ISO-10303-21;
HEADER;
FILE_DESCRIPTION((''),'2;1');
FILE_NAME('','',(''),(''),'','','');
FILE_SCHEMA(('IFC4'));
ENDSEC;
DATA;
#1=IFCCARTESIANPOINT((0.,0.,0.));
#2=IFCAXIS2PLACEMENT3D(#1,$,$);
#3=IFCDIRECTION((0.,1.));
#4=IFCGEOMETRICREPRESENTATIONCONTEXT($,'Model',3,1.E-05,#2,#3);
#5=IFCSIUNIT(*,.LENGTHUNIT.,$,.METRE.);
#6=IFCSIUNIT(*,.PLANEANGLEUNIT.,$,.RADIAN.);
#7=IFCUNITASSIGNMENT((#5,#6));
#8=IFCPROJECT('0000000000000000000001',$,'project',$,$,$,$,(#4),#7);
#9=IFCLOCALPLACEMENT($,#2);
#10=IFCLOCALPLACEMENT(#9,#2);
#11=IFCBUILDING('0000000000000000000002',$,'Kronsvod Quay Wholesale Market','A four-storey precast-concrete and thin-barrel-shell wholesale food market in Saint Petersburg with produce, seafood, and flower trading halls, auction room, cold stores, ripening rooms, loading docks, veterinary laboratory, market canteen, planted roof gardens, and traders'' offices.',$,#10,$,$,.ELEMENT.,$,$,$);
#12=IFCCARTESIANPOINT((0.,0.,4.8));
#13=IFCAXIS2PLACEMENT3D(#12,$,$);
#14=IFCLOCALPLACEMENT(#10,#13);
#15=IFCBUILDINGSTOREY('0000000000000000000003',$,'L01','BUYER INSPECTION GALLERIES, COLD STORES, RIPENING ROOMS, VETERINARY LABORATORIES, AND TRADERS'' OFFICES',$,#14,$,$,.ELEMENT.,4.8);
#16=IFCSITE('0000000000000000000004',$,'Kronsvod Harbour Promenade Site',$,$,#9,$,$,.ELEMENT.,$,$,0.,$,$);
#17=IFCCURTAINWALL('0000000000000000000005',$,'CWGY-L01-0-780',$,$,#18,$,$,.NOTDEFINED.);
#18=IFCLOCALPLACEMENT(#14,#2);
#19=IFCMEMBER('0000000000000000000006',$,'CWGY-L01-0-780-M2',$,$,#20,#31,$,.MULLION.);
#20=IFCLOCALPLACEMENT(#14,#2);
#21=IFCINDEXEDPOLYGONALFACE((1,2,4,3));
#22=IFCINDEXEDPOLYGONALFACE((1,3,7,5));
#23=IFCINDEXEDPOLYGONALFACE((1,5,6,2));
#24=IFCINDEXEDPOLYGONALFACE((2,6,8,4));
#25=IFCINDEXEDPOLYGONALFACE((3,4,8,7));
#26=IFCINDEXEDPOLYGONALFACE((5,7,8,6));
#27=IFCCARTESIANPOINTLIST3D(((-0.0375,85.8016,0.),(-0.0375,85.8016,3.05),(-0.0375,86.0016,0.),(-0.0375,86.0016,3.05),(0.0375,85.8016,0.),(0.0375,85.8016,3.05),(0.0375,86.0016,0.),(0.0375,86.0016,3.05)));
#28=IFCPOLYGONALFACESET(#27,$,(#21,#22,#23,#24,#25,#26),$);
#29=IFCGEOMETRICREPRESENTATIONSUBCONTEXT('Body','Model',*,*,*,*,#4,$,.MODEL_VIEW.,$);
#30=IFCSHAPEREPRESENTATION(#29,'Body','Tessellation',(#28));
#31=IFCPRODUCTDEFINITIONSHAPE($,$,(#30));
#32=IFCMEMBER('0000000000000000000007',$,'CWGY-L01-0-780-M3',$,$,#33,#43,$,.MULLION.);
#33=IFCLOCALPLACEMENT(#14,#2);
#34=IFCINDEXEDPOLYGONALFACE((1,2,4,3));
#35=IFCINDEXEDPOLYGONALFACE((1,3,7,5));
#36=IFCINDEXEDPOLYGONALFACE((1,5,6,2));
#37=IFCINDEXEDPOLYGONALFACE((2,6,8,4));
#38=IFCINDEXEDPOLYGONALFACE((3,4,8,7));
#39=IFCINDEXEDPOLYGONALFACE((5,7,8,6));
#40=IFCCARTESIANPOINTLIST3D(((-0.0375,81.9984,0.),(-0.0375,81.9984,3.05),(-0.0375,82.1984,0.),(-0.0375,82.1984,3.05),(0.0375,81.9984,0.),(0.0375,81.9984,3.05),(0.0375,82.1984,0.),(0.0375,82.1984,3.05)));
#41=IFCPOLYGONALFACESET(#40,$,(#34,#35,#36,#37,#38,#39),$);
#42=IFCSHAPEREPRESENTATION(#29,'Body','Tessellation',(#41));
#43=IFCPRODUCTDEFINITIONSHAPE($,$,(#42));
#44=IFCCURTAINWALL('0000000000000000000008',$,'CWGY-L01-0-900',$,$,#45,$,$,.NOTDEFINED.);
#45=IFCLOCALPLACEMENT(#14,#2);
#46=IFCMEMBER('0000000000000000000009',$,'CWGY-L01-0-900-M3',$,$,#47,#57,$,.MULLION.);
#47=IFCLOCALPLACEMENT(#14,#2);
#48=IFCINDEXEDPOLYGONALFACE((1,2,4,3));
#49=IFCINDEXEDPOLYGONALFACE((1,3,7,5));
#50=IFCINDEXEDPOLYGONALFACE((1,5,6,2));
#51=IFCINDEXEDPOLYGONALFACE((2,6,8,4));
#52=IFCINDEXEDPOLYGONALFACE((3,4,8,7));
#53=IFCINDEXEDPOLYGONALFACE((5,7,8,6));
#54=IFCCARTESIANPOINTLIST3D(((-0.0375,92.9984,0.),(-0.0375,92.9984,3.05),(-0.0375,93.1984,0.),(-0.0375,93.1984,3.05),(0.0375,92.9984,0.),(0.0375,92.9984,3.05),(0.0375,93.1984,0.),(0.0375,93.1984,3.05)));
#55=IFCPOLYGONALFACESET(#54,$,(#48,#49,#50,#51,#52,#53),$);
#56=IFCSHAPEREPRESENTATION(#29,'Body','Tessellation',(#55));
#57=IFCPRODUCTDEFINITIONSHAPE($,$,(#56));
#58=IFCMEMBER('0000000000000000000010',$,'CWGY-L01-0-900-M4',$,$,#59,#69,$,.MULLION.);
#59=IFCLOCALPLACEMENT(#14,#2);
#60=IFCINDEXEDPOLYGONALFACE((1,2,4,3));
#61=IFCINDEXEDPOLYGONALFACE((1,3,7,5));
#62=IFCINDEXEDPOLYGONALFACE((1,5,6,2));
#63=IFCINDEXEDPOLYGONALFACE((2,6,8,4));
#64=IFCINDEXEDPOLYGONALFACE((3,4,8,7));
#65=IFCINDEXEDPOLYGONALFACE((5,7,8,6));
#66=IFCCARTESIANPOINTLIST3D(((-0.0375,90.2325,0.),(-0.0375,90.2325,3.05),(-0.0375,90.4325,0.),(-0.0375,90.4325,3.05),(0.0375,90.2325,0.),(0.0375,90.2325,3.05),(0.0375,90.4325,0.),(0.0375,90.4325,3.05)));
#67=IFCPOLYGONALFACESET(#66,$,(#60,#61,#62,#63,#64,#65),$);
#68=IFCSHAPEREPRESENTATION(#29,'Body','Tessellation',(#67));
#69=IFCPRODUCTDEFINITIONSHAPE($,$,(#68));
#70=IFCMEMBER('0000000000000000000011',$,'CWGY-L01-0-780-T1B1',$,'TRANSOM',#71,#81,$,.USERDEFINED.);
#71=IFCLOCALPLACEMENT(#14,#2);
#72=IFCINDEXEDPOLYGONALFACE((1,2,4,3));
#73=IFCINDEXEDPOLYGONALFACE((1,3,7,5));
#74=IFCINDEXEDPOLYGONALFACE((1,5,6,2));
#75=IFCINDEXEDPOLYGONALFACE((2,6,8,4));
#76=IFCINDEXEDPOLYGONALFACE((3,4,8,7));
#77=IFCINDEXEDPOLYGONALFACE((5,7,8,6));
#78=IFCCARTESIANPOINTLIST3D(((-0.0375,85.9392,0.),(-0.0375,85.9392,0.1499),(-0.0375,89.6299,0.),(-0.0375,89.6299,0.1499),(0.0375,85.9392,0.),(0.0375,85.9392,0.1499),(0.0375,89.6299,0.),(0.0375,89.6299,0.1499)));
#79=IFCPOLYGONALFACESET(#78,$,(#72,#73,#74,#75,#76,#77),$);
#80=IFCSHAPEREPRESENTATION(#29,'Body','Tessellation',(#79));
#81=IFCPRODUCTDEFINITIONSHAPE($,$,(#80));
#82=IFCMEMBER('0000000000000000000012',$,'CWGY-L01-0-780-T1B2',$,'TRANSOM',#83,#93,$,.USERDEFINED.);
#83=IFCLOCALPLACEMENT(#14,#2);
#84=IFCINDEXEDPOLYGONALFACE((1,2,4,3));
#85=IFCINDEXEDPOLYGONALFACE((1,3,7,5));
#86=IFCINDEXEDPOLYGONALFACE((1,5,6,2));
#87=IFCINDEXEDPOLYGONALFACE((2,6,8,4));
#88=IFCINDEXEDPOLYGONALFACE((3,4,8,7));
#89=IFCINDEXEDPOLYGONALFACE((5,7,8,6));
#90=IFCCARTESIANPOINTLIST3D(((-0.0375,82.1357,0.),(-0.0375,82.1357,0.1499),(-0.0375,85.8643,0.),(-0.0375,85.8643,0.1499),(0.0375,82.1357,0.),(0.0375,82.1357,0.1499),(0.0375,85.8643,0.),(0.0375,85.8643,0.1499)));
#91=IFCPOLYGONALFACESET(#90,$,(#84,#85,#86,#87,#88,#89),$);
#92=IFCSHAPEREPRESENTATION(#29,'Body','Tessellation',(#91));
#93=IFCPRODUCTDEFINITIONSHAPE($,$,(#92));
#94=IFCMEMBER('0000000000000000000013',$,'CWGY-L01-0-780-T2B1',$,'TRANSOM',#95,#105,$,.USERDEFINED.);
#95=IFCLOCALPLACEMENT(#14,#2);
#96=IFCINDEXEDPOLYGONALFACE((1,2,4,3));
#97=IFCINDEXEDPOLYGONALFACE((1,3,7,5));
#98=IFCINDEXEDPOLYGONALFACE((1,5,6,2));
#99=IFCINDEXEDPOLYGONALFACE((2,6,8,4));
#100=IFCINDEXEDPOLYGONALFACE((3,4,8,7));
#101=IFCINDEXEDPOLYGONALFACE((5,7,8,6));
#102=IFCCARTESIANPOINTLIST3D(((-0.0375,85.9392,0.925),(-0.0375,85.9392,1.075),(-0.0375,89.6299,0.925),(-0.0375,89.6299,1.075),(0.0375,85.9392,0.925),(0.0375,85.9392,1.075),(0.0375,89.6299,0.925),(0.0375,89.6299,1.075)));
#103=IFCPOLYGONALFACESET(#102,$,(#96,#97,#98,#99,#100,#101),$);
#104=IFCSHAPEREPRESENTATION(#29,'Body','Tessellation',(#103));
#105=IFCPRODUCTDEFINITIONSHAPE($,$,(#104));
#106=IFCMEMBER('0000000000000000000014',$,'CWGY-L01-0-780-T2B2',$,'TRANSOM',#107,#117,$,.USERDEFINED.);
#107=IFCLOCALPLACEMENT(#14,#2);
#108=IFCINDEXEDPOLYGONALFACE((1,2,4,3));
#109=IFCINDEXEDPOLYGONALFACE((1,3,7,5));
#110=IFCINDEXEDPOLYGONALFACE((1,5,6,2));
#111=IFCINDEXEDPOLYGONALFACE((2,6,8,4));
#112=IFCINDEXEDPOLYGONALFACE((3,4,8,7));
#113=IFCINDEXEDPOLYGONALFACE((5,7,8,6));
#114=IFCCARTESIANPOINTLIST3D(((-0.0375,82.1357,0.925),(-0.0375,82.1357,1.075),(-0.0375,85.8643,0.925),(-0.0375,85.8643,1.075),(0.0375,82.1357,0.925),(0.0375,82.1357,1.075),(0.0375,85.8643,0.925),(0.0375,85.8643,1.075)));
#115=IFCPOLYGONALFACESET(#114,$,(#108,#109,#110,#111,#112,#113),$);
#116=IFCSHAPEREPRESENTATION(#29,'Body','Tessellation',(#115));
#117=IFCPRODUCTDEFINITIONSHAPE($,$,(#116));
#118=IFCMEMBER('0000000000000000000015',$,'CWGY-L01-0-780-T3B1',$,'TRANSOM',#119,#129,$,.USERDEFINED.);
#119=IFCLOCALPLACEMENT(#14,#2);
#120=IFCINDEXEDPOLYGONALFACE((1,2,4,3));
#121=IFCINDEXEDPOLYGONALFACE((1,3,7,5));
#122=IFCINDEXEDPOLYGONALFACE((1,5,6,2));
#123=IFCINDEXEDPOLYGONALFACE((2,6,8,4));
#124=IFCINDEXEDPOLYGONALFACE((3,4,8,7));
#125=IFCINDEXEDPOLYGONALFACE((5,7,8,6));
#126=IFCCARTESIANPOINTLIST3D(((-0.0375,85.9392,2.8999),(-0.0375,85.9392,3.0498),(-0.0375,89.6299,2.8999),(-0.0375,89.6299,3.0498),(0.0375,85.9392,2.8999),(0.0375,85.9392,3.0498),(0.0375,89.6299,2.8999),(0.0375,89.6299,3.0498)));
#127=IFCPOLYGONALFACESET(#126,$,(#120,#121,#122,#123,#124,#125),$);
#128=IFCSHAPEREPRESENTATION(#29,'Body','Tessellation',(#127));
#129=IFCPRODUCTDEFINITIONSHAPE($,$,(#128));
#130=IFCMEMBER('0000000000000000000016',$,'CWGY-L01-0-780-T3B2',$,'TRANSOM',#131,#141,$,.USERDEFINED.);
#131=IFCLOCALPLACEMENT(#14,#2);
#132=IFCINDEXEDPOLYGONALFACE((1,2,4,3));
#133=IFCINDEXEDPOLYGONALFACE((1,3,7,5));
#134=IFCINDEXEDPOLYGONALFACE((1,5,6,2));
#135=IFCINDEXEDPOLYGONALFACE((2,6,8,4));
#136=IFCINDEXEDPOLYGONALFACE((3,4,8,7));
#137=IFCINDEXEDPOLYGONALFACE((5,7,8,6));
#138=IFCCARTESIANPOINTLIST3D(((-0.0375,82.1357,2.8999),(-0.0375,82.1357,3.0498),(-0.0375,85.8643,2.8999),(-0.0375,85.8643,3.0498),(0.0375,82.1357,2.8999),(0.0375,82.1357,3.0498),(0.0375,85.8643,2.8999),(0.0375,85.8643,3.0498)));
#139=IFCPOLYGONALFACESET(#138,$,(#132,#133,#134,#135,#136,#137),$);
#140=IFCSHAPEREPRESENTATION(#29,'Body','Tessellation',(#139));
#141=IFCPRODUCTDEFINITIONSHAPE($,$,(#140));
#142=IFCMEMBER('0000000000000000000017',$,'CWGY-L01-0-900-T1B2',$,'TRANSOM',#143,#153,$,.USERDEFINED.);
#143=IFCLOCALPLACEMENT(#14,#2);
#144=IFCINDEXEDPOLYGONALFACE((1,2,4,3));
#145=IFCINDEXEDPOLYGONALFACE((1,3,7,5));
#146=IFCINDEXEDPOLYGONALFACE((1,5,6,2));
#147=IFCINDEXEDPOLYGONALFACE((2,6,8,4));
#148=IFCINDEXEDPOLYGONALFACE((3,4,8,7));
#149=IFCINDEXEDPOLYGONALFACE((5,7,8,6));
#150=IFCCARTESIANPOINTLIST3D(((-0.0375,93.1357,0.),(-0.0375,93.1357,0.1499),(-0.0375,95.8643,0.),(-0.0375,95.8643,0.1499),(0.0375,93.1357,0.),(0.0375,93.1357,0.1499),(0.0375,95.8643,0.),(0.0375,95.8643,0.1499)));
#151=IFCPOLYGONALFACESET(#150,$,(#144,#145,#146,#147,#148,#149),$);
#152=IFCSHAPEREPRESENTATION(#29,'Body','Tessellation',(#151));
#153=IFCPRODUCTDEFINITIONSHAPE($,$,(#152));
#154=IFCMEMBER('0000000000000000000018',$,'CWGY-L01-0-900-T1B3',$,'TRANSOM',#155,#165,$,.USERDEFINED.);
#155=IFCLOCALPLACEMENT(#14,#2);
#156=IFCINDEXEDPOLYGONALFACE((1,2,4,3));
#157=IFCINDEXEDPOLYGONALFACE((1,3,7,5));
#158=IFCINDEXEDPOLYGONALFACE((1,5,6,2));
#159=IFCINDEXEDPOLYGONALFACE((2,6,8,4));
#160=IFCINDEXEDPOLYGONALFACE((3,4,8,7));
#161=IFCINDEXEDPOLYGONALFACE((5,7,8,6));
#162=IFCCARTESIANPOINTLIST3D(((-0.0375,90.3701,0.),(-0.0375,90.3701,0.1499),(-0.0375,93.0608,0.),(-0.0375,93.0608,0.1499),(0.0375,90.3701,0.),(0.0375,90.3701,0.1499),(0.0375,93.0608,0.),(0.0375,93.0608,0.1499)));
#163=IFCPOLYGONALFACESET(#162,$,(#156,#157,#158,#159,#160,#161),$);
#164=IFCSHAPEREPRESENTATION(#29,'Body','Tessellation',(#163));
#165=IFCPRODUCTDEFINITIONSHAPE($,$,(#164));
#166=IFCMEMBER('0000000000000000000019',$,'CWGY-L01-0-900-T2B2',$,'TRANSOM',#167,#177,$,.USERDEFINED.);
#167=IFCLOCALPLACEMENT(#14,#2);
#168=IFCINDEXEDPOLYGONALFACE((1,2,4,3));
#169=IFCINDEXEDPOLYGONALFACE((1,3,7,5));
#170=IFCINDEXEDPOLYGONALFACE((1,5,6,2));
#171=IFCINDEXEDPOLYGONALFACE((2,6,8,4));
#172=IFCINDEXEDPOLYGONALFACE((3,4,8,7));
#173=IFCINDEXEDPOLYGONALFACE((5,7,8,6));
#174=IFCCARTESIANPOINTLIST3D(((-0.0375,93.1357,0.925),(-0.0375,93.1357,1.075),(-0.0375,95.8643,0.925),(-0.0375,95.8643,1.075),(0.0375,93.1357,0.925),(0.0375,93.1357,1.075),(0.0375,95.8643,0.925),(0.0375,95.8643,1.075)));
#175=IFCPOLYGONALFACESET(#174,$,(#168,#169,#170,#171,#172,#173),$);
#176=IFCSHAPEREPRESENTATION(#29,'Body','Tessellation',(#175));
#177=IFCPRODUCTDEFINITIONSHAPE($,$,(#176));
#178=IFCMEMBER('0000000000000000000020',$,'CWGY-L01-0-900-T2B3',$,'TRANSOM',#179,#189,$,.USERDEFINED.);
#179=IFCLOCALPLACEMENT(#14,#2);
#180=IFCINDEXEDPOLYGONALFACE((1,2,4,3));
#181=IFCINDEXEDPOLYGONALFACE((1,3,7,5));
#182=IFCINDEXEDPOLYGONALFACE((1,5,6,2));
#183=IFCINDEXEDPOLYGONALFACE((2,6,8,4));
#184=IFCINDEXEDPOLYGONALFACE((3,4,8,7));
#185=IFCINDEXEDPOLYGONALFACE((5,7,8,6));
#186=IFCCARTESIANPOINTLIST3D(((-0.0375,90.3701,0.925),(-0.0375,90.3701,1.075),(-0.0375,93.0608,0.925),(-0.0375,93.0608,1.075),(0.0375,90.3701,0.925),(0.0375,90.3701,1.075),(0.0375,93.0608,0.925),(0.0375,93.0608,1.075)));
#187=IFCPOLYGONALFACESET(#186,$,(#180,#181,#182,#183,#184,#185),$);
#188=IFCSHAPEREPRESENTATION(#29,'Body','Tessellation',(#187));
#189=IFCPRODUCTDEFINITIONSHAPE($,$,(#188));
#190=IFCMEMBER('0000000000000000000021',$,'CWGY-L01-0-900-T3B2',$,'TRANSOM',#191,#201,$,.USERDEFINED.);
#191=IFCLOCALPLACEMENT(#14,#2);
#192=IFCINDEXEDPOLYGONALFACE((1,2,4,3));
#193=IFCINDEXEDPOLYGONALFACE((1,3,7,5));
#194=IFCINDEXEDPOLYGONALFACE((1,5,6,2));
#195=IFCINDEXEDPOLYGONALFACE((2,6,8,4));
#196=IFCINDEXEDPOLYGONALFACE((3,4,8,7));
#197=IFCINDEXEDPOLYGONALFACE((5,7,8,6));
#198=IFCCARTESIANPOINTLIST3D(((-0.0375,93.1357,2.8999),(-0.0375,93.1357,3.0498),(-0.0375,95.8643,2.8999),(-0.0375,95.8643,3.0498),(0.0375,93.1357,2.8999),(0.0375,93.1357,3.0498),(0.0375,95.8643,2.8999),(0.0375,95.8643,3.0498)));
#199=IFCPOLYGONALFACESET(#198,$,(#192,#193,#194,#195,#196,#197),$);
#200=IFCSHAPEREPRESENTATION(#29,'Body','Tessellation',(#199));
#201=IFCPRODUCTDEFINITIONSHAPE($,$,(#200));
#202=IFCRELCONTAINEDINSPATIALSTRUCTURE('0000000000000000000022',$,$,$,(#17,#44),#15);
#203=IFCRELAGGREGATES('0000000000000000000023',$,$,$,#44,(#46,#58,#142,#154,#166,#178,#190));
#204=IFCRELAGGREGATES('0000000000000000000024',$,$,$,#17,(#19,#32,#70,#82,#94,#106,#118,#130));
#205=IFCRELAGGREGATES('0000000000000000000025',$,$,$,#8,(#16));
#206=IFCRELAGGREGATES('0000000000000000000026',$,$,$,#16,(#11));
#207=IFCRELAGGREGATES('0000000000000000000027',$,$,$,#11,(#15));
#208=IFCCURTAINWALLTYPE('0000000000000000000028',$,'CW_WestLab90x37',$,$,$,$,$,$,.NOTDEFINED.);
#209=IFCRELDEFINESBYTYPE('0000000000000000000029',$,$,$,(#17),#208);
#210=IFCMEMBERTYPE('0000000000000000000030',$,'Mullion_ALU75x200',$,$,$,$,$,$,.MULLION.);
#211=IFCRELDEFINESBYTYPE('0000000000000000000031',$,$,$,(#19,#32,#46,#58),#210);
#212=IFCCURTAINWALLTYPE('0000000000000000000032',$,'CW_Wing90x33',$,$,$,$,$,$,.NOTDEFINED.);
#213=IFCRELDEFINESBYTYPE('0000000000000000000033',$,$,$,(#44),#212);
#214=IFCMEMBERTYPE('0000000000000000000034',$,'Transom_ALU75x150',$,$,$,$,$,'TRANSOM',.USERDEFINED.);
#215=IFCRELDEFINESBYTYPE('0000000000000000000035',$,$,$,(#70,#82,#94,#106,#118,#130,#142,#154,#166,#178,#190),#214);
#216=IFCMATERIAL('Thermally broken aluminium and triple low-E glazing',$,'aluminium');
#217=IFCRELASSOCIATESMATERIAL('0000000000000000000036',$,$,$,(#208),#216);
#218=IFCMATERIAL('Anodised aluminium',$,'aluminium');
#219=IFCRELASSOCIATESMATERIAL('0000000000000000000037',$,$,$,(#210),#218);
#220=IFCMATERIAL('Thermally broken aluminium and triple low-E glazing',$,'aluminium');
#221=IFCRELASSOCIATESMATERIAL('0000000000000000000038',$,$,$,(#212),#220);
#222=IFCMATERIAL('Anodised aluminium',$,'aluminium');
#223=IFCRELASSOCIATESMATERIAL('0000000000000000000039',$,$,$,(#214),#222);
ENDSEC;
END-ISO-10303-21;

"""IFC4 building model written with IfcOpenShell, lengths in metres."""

from ifc_helpers import new_model, si_unit, direction, frame, origin, origin_2d, place, context, subcontext, project, spatial, rectangle, extrude, material, material_profile, profile_set, type_object, element, aggregate, save


model = new_model("IFC4")

# Units and contexts
model_context = context("Model", 3, precision=1e-05, world=origin(), true_north=direction((0.0, 1.0)))
body_context = subcontext(model_context, "Body", "Model", "MODEL_VIEW")
ifc_project = project(units=[si_unit("LENGTHUNIT", "METRE"), si_unit("PLANEANGLEUNIT", "RADIAN")], contexts=[model_context])

# Site, building, storey
site_placement = place(None, origin())
site = spatial("IfcSite", under=ifc_project, at=site_placement, Name="Kronsvod Harbour Promenade Site", CompositionType="ELEMENT", RefElevation=0.0)
building_placement = place(site_placement, origin())
building = spatial("IfcBuilding", under=site, at=building_placement, Name="Kronsvod Quay Wholesale Market", Description="A four-storey precast-concrete and thin-barrel-shell wholesale food market in Saint Petersburg with produce, seafood, and flower trading halls, auction room, cold stores, ripening rooms, loading docks, veterinary laboratory, market canteen, planted roof gardens, and traders' offices.", CompositionType="ELEMENT")
storey_placement = place(building_placement, frame((0.0, 0.0, 4.8)))
storey = spatial("IfcBuildingStorey", under=building, at=storey_placement, Name="L01", Description="BUYER INSPECTION GALLERIES, COLD STORES, RIPENING ROOMS, VETERINARY LABORATORIES, AND TRADERS' OFFICES", CompositionType="ELEMENT", Elevation=4.8)

# Curtain walls, members
ifc_material_1 = material(Name="Thermally broken aluminium and triple low-E glazing", Category="aluminium")
curtain_wall_type_1 = type_object("IfcCurtainWallType", Name="CW_WestLab90x37", PredefinedType="NOTDEFINED", material=ifc_material_1)
curtain_wall_1_placement = place(storey_placement, origin())
curtain_wall_1 = element("IfcCurtainWall", 1, at=curtain_wall_1_placement, inside=storey, type_object=curtain_wall_type_1, Name="CWGY-L01-0-780", PredefinedType="NOTDEFINED")
ifc_material_2 = material(Name="Anodised aluminium", Category="aluminium")
ifc_material_profile_1 = material_profile(ifc_material_2, rectangle(XDim=0.075, YDim=0.2, at=origin_2d()), Name="ALUM75x200")
ifc_profile_set_1 = profile_set([ifc_material_profile_1], Name="Anodised aluminium")
member_type_1 = type_object("IfcMemberType", Name="Mullion_ALU75x200", PredefinedType="MULLION", material=ifc_profile_set_1)
member_1_placement = place(storey_placement, frame((0.0, 85.9016, 0.0), z_axis=(0.0, 0.0, 1.0), x_axis=(1.0, 0.0, 0.0)))
member_1 = element("IfcMember", 2, at=member_1_placement, type_object=member_type_1, Name="CWGY-L01-0-780-M2", PredefinedType="MULLION", context=body_context, shape_type="SweptSolid", body=[
    extrude(rectangle(XDim=0.075, YDim=0.2, at=origin_2d()), origin(), (0.0, 0.0, 1.0), 3.05),
])
member_2_placement = place(storey_placement, frame((0.0, 82.0984, 0.0), z_axis=(0.0, 0.0, 1.0), x_axis=(1.0, 0.0, 0.0)))
member_2 = element("IfcMember", 3, at=member_2_placement, type_object=member_type_1, Name="CWGY-L01-0-780-M3", PredefinedType="MULLION", context=body_context, shape_type="SweptSolid", body=[
    extrude(rectangle(XDim=0.075, YDim=0.2, at=origin_2d()), origin(), (0.0, 0.0, 1.0), 3.05),
])
ifc_material_3 = material(Name="Thermally broken aluminium and triple low-E glazing", Category="aluminium")
curtain_wall_type_2 = type_object("IfcCurtainWallType", Name="CW_Wing90x33", PredefinedType="NOTDEFINED", material=ifc_material_3)
curtain_wall_2_placement = place(storey_placement, origin())
curtain_wall_2 = element("IfcCurtainWall", 4, at=curtain_wall_2_placement, inside=storey, type_object=curtain_wall_type_2, Name="CWGY-L01-0-900", PredefinedType="NOTDEFINED")
member_3_placement = place(storey_placement, frame((0.0, 93.0984, 0.0), z_axis=(0.0, 0.0, 1.0), x_axis=(1.0, 0.0, 0.0)))
member_3 = element("IfcMember", 5, at=member_3_placement, type_object=member_type_1, Name="CWGY-L01-0-900-M3", PredefinedType="MULLION", context=body_context, shape_type="SweptSolid", body=[
    extrude(rectangle(XDim=0.075, YDim=0.2, at=origin_2d()), origin(), (0.0, 0.0, 1.0), 3.05),
])
member_4_placement = place(storey_placement, frame((0.0, 90.3325, 0.0), z_axis=(0.0, 0.0, 1.0), x_axis=(1.0, 0.0, 0.0)))
member_4 = element("IfcMember", 6, at=member_4_placement, type_object=member_type_1, Name="CWGY-L01-0-900-M4", PredefinedType="MULLION", context=body_context, shape_type="SweptSolid", body=[
    extrude(rectangle(XDim=0.075, YDim=0.2, at=origin_2d()), origin(), (0.0, 0.0, 1.0), 3.05),
])

# Members
ifc_material_4 = material(Name="Anodised aluminium", Category="aluminium")
ifc_material_profile_2 = material_profile(ifc_material_4, rectangle(XDim=0.075, YDim=0.1499, at=origin_2d()), Name="ALUT75x150")
ifc_profile_set_2 = profile_set([ifc_material_profile_2], Name="Anodised aluminium")
member_type_2 = type_object("IfcMemberType", Name="Transom_ALU75x150", ElementType="TRANSOM", PredefinedType="USERDEFINED", material=ifc_profile_set_2)
member_5_placement = place(storey_placement, frame((0.0, 89.6299, 0.075), z_axis=(0.0, -1.0, 0.0), x_axis=(1.0, 0.0, 0.0)))
member_5 = element("IfcMember", 7, at=member_5_placement, type_object=member_type_2, Name="CWGY-L01-0-780-T1B1", ObjectType="TRANSOM", PredefinedType="USERDEFINED", context=body_context, shape_type="SweptSolid", body=[
    extrude(rectangle(XDim=0.075, YDim=0.1499, at=origin_2d()), origin(), (0.0, 0.0, 1.0), 3.6907),
])
member_6_placement = place(storey_placement, frame((0.0, 85.8643, 0.075), z_axis=(0.0, -1.0, 0.0), x_axis=(1.0, 0.0, 0.0)))
member_6 = element("IfcMember", 8, at=member_6_placement, type_object=member_type_2, Name="CWGY-L01-0-780-T1B2", ObjectType="TRANSOM", PredefinedType="USERDEFINED", context=body_context, shape_type="SweptSolid", body=[
    extrude(rectangle(XDim=0.075, YDim=0.1499, at=origin_2d()), origin(), (0.0, 0.0, 1.0), 3.7285),
])
member_7_placement = place(storey_placement, frame((0.0, 89.6299, 1.0), z_axis=(0.0, -1.0, 0.0), x_axis=(1.0, 0.0, 0.0)))
member_7 = element("IfcMember", 9, at=member_7_placement, type_object=member_type_2, Name="CWGY-L01-0-780-T2B1", ObjectType="TRANSOM", PredefinedType="USERDEFINED", context=body_context, shape_type="SweptSolid", body=[
    extrude(rectangle(XDim=0.075, YDim=0.1499, at=origin_2d()), origin(), (0.0, 0.0, 1.0), 3.6907),
])
member_8_placement = place(storey_placement, frame((0.0, 85.8643, 1.0), z_axis=(0.0, -1.0, 0.0), x_axis=(1.0, 0.0, 0.0)))
member_8 = element("IfcMember", 10, at=member_8_placement, type_object=member_type_2, Name="CWGY-L01-0-780-T2B2", ObjectType="TRANSOM", PredefinedType="USERDEFINED", context=body_context, shape_type="SweptSolid", body=[
    extrude(rectangle(XDim=0.075, YDim=0.1499, at=origin_2d()), origin(), (0.0, 0.0, 1.0), 3.7285),
])
member_9_placement = place(storey_placement, frame((0.0, 89.6299, 2.9749), z_axis=(0.0, -1.0, 0.0), x_axis=(1.0, 0.0, 0.0)))
member_9 = element("IfcMember", 11, at=member_9_placement, type_object=member_type_2, Name="CWGY-L01-0-780-T3B1", ObjectType="TRANSOM", PredefinedType="USERDEFINED", context=body_context, shape_type="SweptSolid", body=[
    extrude(rectangle(XDim=0.075, YDim=0.1499, at=origin_2d()), origin(), (0.0, 0.0, 1.0), 3.6907),
])
member_10_placement = place(storey_placement, frame((0.0, 85.8643, 2.9749), z_axis=(0.0, -1.0, 0.0), x_axis=(1.0, 0.0, 0.0)))
member_10 = element("IfcMember", 12, at=member_10_placement, type_object=member_type_2, Name="CWGY-L01-0-780-T3B2", ObjectType="TRANSOM", PredefinedType="USERDEFINED", context=body_context, shape_type="SweptSolid", body=[
    extrude(rectangle(XDim=0.075, YDim=0.1499, at=origin_2d()), origin(), (0.0, 0.0, 1.0), 3.7285),
])
member_11_placement = place(storey_placement, frame((0.0, 95.8643, 0.075), z_axis=(0.0, -1.0, 0.0), x_axis=(1.0, 0.0, 0.0)))
member_11 = element("IfcMember", 13, at=member_11_placement, type_object=member_type_2, Name="CWGY-L01-0-900-T1B2", ObjectType="TRANSOM", PredefinedType="USERDEFINED", context=body_context, shape_type="SweptSolid", body=[
    extrude(rectangle(XDim=0.075, YDim=0.1499, at=origin_2d()), origin(), (0.0, 0.0, 1.0), 2.7285),
])
member_12_placement = place(storey_placement, frame((0.0, 93.0608, 0.075), z_axis=(0.0, -1.0, 0.0), x_axis=(1.0, 0.0, 0.0)))
member_12 = element("IfcMember", 14, at=member_12_placement, type_object=member_type_2, Name="CWGY-L01-0-900-T1B3", ObjectType="TRANSOM", PredefinedType="USERDEFINED", context=body_context, shape_type="SweptSolid", body=[
    extrude(rectangle(XDim=0.075, YDim=0.1499, at=origin_2d()), origin(), (0.0, 0.0, 1.0), 2.6907),
])
member_13_placement = place(storey_placement, frame((0.0, 95.8643, 1.0), z_axis=(0.0, -1.0, 0.0), x_axis=(1.0, 0.0, 0.0)))
member_13 = element("IfcMember", 15, at=member_13_placement, type_object=member_type_2, Name="CWGY-L01-0-900-T2B2", ObjectType="TRANSOM", PredefinedType="USERDEFINED", context=body_context, shape_type="SweptSolid", body=[
    extrude(rectangle(XDim=0.075, YDim=0.1499, at=origin_2d()), origin(), (0.0, 0.0, 1.0), 2.7285),
])
member_14_placement = place(storey_placement, frame((0.0, 93.0608, 1.0), z_axis=(0.0, -1.0, 0.0), x_axis=(1.0, 0.0, 0.0)))
member_14 = element("IfcMember", 16, at=member_14_placement, type_object=member_type_2, Name="CWGY-L01-0-900-T2B3", ObjectType="TRANSOM", PredefinedType="USERDEFINED", context=body_context, shape_type="SweptSolid", body=[
    extrude(rectangle(XDim=0.075, YDim=0.1499, at=origin_2d()), origin(), (0.0, 0.0, 1.0), 2.6907),
])
member_15_placement = place(storey_placement, frame((0.0, 95.8643, 2.9749), z_axis=(0.0, -1.0, 0.0), x_axis=(1.0, 0.0, 0.0)))
member_15 = element("IfcMember", 17, at=member_15_placement, type_object=member_type_2, Name="CWGY-L01-0-900-T3B2", ObjectType="TRANSOM", PredefinedType="USERDEFINED", context=body_context, shape_type="SweptSolid", body=[
    extrude(rectangle(XDim=0.075, YDim=0.1499, at=origin_2d()), origin(), (0.0, 0.0, 1.0), 2.7285),
])

aggregate(curtain_wall_2, [member_3, member_4, member_11, member_12, member_13, member_14, member_15])
aggregate(curtain_wall_1, [member_1, member_2, member_5, member_6, member_7, member_8, member_9, member_10])

save(model, "model.ifc")
